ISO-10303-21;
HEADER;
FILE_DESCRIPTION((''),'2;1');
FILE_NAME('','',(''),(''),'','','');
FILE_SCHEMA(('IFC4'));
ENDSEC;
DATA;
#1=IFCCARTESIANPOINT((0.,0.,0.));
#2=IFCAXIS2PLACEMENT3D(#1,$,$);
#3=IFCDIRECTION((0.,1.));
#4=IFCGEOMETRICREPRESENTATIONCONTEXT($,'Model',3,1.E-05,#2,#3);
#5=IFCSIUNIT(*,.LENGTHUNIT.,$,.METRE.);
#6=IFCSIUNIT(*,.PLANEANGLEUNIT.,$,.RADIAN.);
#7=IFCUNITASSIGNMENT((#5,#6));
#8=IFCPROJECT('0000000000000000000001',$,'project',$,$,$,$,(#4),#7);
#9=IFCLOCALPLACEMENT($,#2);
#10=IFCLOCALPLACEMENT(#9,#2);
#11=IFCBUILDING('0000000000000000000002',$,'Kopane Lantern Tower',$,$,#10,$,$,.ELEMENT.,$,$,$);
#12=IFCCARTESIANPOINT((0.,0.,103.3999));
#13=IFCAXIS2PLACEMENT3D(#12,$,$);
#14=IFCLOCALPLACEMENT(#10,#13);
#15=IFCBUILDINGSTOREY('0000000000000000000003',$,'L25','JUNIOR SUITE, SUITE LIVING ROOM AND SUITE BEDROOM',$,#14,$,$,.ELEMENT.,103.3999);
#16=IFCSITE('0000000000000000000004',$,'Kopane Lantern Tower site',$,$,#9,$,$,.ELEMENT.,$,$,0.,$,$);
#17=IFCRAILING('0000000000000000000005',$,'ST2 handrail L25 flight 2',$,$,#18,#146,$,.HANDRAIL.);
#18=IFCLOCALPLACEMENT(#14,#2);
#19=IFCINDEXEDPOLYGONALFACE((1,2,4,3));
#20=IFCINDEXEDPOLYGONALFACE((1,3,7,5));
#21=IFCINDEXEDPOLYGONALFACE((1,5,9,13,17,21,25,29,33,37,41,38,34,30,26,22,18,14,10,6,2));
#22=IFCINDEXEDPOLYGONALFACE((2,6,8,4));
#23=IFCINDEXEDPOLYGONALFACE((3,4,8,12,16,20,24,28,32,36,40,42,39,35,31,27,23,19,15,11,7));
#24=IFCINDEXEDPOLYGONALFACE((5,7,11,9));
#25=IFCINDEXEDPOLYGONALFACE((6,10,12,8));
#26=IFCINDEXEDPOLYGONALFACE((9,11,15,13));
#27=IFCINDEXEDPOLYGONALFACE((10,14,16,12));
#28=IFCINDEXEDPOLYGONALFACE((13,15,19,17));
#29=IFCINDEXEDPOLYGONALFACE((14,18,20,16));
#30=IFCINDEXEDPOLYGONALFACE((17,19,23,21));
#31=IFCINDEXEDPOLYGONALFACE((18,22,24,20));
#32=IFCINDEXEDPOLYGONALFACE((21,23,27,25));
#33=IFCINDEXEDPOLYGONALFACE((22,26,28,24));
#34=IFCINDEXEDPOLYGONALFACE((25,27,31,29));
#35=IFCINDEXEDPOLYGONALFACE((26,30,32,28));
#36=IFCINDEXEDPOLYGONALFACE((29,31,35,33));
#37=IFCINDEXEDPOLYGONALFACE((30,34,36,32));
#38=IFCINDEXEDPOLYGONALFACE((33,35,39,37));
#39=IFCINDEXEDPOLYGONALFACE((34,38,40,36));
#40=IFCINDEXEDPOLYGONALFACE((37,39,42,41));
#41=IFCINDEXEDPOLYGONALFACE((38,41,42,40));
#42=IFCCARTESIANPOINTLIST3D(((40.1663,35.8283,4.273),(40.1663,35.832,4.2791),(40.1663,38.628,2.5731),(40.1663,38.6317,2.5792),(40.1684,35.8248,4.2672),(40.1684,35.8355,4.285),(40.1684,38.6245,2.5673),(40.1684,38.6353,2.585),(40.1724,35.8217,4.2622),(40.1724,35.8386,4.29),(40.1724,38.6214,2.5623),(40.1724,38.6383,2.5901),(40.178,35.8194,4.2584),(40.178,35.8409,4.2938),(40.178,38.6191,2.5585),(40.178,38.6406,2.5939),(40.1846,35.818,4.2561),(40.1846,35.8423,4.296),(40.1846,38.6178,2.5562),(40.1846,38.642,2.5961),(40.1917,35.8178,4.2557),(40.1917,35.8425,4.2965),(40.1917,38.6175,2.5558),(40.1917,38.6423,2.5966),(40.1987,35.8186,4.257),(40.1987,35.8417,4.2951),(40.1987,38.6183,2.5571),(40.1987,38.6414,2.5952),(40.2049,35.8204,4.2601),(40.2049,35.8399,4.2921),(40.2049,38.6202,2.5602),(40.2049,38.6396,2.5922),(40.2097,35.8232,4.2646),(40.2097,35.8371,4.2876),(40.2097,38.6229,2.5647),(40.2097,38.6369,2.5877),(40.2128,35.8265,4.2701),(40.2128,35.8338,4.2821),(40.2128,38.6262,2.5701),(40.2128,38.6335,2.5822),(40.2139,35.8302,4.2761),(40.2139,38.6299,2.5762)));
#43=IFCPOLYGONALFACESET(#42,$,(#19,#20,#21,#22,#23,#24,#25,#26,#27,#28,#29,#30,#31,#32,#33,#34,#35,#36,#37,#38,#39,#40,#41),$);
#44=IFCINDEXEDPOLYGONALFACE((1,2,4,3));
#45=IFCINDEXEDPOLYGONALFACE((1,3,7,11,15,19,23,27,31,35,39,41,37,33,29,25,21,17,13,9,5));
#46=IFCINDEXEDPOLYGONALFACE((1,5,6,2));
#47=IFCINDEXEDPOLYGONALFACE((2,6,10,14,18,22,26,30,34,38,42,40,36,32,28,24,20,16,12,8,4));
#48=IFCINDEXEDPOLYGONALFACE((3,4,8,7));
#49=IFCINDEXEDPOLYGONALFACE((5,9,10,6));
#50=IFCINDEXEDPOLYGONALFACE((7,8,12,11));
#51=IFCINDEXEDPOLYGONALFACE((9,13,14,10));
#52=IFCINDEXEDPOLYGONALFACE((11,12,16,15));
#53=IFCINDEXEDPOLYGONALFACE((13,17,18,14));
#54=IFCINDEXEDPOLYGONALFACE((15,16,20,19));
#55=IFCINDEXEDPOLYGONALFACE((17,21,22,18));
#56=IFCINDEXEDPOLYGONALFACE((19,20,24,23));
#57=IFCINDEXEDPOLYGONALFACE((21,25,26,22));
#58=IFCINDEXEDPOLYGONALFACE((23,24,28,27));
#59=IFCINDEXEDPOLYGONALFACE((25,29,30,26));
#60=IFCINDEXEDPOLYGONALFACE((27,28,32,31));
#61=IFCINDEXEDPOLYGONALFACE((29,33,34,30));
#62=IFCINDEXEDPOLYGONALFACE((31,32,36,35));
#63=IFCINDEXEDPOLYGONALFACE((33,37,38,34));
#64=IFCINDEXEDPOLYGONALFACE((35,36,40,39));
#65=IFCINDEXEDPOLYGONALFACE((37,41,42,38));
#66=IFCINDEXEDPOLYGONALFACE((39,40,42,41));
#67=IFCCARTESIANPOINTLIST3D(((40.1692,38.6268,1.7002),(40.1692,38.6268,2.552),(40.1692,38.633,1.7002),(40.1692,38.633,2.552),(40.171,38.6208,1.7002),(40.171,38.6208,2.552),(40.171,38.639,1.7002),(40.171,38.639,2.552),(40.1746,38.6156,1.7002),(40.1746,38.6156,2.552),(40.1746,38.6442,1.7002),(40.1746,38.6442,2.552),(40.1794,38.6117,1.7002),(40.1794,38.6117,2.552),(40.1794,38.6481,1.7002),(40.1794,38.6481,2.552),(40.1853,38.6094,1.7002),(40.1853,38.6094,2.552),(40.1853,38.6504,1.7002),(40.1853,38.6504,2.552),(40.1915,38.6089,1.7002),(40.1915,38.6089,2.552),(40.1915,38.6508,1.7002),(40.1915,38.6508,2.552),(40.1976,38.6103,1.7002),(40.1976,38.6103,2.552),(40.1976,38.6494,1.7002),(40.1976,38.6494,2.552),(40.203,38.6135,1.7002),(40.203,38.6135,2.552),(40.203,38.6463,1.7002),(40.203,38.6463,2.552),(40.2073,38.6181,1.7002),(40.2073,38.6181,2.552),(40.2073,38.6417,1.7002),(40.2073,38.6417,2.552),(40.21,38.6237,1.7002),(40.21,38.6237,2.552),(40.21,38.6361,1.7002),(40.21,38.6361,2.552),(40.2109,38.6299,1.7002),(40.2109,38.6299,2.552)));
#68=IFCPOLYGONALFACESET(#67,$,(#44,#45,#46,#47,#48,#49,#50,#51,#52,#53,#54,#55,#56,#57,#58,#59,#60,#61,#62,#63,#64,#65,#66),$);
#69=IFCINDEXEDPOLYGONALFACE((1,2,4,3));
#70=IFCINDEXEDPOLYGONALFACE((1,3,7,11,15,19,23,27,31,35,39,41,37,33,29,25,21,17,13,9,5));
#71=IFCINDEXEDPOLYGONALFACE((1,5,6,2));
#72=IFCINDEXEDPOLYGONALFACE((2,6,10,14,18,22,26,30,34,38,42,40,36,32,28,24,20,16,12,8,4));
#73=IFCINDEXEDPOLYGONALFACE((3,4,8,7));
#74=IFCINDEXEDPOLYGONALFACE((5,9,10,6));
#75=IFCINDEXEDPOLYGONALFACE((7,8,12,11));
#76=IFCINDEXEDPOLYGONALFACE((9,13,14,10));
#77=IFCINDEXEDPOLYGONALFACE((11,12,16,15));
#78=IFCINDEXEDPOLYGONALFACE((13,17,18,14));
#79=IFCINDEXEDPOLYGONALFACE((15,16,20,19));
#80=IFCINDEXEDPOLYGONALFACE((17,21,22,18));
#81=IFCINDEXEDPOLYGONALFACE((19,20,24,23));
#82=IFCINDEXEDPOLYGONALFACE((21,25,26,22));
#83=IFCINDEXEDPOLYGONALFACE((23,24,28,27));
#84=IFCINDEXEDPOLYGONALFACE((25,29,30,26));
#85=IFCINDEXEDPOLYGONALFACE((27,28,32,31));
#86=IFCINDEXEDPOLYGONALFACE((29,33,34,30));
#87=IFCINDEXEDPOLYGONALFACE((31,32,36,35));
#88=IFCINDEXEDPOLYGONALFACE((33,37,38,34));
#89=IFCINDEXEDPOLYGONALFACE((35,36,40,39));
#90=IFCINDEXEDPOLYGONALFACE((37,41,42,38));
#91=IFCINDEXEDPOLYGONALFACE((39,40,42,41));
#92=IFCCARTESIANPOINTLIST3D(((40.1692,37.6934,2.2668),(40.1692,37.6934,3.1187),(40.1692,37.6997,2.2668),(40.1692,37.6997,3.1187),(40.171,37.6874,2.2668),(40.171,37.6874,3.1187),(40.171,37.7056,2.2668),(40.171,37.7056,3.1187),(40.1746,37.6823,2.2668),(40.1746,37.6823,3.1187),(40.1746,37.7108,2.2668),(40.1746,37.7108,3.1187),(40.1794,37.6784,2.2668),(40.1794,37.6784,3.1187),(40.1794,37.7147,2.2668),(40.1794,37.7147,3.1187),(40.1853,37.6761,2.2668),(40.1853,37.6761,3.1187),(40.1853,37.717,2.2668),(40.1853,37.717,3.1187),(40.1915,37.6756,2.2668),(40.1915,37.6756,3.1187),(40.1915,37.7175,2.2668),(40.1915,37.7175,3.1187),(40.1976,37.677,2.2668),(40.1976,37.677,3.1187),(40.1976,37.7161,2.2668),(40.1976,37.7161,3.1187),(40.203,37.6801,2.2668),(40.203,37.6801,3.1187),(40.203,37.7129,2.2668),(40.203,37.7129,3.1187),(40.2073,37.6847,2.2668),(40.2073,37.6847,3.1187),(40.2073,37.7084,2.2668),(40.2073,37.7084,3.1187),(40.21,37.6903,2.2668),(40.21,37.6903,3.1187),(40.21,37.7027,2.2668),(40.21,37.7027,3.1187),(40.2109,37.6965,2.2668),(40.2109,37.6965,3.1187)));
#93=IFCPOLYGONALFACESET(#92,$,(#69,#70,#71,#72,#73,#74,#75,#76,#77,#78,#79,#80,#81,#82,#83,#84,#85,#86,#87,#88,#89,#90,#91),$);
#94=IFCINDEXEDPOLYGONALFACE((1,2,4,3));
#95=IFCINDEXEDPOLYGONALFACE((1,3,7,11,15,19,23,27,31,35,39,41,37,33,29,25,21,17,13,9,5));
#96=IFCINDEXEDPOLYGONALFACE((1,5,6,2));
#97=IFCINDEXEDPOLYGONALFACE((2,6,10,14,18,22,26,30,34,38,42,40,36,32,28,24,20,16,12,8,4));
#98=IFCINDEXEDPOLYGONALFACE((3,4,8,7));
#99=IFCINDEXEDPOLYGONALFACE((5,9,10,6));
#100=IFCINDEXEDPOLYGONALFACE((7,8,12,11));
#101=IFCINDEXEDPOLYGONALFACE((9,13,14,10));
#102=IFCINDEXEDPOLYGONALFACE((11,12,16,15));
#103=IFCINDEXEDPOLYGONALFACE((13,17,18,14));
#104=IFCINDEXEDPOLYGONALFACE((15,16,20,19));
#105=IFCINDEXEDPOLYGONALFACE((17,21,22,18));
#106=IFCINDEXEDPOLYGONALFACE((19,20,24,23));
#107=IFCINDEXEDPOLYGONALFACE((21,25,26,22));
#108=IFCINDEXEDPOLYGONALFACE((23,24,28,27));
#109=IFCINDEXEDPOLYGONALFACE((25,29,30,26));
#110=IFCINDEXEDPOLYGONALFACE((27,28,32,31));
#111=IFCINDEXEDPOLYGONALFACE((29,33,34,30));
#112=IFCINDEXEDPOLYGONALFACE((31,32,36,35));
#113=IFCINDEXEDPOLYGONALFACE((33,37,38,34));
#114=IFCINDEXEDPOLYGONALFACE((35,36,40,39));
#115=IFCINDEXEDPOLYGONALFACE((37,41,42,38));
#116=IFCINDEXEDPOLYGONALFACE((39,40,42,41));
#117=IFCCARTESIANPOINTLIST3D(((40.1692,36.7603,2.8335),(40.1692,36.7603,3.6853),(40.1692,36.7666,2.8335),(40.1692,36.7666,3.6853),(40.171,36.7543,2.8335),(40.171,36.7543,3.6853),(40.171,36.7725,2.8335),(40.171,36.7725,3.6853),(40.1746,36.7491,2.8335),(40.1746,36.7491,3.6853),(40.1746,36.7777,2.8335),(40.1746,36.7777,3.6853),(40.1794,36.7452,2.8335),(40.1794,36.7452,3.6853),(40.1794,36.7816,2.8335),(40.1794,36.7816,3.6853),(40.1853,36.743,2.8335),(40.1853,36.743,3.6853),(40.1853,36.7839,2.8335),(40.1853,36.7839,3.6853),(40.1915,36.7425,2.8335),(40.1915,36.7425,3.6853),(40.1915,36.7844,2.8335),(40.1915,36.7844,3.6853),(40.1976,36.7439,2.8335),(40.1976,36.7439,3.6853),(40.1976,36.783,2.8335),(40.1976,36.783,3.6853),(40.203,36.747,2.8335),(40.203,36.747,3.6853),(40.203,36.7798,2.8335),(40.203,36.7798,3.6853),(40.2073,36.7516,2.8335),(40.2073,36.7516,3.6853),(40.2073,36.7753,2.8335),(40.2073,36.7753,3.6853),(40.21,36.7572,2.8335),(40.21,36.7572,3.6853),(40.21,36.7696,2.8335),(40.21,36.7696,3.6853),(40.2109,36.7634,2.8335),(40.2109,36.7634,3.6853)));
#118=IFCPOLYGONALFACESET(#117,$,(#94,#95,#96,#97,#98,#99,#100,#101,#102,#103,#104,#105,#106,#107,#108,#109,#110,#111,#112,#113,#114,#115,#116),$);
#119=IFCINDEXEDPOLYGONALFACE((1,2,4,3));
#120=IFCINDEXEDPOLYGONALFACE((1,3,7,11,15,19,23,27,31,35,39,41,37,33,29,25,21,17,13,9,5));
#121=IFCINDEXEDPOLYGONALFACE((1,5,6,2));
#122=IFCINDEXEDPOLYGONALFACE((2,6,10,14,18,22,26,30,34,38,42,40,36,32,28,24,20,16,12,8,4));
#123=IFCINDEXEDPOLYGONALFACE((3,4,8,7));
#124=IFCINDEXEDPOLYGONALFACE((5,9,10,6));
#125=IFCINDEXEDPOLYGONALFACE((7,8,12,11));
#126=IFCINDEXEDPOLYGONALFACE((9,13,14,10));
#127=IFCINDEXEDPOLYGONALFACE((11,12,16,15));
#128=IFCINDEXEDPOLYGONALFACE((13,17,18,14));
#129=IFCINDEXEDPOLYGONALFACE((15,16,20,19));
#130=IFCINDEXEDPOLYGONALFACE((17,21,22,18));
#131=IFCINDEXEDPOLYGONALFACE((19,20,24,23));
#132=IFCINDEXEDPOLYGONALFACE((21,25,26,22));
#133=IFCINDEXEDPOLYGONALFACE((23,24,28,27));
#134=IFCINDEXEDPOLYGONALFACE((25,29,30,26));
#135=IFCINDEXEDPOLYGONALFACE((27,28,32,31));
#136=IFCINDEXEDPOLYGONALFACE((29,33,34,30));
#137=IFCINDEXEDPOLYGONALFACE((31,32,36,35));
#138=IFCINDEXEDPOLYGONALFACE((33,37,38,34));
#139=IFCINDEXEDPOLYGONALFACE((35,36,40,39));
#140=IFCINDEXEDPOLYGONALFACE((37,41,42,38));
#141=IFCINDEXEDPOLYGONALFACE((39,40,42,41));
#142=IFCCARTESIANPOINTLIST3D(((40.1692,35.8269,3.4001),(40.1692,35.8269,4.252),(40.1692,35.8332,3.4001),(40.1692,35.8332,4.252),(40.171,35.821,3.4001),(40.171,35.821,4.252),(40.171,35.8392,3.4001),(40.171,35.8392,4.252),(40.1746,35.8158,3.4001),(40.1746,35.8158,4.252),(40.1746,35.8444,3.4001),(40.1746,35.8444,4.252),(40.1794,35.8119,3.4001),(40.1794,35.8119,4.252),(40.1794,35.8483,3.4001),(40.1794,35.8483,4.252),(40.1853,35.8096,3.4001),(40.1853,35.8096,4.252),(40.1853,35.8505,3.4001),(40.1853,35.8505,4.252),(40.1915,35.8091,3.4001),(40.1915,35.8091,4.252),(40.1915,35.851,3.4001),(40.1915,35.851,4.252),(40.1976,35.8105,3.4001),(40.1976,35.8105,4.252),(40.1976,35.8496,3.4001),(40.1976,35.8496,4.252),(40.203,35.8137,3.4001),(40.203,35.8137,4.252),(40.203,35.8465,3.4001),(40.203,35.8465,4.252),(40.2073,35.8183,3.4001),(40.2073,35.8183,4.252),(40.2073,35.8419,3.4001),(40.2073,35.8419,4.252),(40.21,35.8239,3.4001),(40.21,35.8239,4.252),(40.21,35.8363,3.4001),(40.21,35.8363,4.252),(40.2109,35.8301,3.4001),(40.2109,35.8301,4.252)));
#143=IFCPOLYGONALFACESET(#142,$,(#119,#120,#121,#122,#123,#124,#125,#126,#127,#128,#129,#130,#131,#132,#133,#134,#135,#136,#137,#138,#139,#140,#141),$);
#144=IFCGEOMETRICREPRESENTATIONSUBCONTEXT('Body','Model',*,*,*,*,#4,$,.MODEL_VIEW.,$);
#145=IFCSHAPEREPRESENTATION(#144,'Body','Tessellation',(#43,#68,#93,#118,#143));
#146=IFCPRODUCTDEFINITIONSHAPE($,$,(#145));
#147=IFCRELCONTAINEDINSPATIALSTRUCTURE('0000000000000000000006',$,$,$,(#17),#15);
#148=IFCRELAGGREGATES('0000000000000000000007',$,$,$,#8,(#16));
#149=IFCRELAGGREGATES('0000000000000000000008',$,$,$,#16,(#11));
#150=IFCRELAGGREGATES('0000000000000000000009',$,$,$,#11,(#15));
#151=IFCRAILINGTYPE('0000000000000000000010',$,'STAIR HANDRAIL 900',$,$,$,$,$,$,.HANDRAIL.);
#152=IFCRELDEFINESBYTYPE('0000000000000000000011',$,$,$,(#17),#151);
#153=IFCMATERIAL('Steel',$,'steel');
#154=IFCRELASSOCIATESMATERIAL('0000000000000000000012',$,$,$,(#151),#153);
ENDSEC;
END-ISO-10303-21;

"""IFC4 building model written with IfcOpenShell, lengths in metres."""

from ifc_helpers import new_model, si_unit, direction, frame, origin, origin_2d, place, context, subcontext, project, spatial, circle, extrude, material, type_object, element, save


model = new_model("IFC4")

# Units and contexts
model_context = context("Model", 3, precision=1e-05, world=origin(), true_north=direction((0.0, 1.0)))
body_context = subcontext(model_context, "Body", "Model", "MODEL_VIEW")
ifc_project = project(units=[si_unit("LENGTHUNIT", "METRE"), si_unit("PLANEANGLEUNIT", "RADIAN")], contexts=[model_context])

# Site, building, storey
site_placement = place(None, origin())
site = spatial("IfcSite", under=ifc_project, at=site_placement, Name="Kopane Lantern Tower site", CompositionType="ELEMENT", RefElevation=0.0)
building_placement = place(site_placement, origin())
building = spatial("IfcBuilding", under=site, at=building_placement, Name="Kopane Lantern Tower", CompositionType="ELEMENT")
storey_placement = place(building_placement, frame((0.0, 0.0, 103.3999)))
storey = spatial("IfcBuildingStorey", under=building, at=storey_placement, Name="L25", Description="JUNIOR SUITE, SUITE LIVING ROOM AND SUITE BEDROOM", CompositionType="ELEMENT", Elevation=103.3999)

# Railing
ifc_material_1 = material(Name="Steel", Category="steel")
railing_type_1 = type_object("IfcRailingType", Name="STAIR HANDRAIL 900", PredefinedType="HANDRAIL", material=ifc_material_1)
for number, where, name in (
    (1, (40.1899, 38.6299, 1.7002), "ST2 handrail L25 flight 2"),
):
    element("IfcRailing", number, at=place(storey_placement, frame(where)), inside=storey, type_object=railing_type_1, Name=name, PredefinedType="HANDRAIL", context=body_context, shape_type="SweptSolid", body=[
        extrude(circle(Radius=0.0239, at=origin_2d()), frame((0.0, 0.0, 0.876), z_axis=(0.0, -0.854778, 0.518994), x_axis=(1.0, 0.0, 0.0)), (0.0, 0.0, 1.0), 3.2754),
        extrude(circle(Radius=0.021, at=origin_2d()), origin(), (0.0, 0.0, 1.0), 0.8518),
        extrude(circle(Radius=0.021, at=origin_2d()), frame((0.0, -0.9333, 0.5667)), (0.0, 0.0, 1.0), 0.8518),
        extrude(circle(Radius=0.021, at=origin_2d()), frame((0.0, -1.8665, 1.1333)), (0.0, 0.0, 1.0), 0.8518),
        extrude(circle(Radius=0.021, at=origin_2d()), frame((0.0, -2.7998, 1.7)), (0.0, 0.0, 1.0), 0.8518),
    ])

save(model, "model.ifc")
